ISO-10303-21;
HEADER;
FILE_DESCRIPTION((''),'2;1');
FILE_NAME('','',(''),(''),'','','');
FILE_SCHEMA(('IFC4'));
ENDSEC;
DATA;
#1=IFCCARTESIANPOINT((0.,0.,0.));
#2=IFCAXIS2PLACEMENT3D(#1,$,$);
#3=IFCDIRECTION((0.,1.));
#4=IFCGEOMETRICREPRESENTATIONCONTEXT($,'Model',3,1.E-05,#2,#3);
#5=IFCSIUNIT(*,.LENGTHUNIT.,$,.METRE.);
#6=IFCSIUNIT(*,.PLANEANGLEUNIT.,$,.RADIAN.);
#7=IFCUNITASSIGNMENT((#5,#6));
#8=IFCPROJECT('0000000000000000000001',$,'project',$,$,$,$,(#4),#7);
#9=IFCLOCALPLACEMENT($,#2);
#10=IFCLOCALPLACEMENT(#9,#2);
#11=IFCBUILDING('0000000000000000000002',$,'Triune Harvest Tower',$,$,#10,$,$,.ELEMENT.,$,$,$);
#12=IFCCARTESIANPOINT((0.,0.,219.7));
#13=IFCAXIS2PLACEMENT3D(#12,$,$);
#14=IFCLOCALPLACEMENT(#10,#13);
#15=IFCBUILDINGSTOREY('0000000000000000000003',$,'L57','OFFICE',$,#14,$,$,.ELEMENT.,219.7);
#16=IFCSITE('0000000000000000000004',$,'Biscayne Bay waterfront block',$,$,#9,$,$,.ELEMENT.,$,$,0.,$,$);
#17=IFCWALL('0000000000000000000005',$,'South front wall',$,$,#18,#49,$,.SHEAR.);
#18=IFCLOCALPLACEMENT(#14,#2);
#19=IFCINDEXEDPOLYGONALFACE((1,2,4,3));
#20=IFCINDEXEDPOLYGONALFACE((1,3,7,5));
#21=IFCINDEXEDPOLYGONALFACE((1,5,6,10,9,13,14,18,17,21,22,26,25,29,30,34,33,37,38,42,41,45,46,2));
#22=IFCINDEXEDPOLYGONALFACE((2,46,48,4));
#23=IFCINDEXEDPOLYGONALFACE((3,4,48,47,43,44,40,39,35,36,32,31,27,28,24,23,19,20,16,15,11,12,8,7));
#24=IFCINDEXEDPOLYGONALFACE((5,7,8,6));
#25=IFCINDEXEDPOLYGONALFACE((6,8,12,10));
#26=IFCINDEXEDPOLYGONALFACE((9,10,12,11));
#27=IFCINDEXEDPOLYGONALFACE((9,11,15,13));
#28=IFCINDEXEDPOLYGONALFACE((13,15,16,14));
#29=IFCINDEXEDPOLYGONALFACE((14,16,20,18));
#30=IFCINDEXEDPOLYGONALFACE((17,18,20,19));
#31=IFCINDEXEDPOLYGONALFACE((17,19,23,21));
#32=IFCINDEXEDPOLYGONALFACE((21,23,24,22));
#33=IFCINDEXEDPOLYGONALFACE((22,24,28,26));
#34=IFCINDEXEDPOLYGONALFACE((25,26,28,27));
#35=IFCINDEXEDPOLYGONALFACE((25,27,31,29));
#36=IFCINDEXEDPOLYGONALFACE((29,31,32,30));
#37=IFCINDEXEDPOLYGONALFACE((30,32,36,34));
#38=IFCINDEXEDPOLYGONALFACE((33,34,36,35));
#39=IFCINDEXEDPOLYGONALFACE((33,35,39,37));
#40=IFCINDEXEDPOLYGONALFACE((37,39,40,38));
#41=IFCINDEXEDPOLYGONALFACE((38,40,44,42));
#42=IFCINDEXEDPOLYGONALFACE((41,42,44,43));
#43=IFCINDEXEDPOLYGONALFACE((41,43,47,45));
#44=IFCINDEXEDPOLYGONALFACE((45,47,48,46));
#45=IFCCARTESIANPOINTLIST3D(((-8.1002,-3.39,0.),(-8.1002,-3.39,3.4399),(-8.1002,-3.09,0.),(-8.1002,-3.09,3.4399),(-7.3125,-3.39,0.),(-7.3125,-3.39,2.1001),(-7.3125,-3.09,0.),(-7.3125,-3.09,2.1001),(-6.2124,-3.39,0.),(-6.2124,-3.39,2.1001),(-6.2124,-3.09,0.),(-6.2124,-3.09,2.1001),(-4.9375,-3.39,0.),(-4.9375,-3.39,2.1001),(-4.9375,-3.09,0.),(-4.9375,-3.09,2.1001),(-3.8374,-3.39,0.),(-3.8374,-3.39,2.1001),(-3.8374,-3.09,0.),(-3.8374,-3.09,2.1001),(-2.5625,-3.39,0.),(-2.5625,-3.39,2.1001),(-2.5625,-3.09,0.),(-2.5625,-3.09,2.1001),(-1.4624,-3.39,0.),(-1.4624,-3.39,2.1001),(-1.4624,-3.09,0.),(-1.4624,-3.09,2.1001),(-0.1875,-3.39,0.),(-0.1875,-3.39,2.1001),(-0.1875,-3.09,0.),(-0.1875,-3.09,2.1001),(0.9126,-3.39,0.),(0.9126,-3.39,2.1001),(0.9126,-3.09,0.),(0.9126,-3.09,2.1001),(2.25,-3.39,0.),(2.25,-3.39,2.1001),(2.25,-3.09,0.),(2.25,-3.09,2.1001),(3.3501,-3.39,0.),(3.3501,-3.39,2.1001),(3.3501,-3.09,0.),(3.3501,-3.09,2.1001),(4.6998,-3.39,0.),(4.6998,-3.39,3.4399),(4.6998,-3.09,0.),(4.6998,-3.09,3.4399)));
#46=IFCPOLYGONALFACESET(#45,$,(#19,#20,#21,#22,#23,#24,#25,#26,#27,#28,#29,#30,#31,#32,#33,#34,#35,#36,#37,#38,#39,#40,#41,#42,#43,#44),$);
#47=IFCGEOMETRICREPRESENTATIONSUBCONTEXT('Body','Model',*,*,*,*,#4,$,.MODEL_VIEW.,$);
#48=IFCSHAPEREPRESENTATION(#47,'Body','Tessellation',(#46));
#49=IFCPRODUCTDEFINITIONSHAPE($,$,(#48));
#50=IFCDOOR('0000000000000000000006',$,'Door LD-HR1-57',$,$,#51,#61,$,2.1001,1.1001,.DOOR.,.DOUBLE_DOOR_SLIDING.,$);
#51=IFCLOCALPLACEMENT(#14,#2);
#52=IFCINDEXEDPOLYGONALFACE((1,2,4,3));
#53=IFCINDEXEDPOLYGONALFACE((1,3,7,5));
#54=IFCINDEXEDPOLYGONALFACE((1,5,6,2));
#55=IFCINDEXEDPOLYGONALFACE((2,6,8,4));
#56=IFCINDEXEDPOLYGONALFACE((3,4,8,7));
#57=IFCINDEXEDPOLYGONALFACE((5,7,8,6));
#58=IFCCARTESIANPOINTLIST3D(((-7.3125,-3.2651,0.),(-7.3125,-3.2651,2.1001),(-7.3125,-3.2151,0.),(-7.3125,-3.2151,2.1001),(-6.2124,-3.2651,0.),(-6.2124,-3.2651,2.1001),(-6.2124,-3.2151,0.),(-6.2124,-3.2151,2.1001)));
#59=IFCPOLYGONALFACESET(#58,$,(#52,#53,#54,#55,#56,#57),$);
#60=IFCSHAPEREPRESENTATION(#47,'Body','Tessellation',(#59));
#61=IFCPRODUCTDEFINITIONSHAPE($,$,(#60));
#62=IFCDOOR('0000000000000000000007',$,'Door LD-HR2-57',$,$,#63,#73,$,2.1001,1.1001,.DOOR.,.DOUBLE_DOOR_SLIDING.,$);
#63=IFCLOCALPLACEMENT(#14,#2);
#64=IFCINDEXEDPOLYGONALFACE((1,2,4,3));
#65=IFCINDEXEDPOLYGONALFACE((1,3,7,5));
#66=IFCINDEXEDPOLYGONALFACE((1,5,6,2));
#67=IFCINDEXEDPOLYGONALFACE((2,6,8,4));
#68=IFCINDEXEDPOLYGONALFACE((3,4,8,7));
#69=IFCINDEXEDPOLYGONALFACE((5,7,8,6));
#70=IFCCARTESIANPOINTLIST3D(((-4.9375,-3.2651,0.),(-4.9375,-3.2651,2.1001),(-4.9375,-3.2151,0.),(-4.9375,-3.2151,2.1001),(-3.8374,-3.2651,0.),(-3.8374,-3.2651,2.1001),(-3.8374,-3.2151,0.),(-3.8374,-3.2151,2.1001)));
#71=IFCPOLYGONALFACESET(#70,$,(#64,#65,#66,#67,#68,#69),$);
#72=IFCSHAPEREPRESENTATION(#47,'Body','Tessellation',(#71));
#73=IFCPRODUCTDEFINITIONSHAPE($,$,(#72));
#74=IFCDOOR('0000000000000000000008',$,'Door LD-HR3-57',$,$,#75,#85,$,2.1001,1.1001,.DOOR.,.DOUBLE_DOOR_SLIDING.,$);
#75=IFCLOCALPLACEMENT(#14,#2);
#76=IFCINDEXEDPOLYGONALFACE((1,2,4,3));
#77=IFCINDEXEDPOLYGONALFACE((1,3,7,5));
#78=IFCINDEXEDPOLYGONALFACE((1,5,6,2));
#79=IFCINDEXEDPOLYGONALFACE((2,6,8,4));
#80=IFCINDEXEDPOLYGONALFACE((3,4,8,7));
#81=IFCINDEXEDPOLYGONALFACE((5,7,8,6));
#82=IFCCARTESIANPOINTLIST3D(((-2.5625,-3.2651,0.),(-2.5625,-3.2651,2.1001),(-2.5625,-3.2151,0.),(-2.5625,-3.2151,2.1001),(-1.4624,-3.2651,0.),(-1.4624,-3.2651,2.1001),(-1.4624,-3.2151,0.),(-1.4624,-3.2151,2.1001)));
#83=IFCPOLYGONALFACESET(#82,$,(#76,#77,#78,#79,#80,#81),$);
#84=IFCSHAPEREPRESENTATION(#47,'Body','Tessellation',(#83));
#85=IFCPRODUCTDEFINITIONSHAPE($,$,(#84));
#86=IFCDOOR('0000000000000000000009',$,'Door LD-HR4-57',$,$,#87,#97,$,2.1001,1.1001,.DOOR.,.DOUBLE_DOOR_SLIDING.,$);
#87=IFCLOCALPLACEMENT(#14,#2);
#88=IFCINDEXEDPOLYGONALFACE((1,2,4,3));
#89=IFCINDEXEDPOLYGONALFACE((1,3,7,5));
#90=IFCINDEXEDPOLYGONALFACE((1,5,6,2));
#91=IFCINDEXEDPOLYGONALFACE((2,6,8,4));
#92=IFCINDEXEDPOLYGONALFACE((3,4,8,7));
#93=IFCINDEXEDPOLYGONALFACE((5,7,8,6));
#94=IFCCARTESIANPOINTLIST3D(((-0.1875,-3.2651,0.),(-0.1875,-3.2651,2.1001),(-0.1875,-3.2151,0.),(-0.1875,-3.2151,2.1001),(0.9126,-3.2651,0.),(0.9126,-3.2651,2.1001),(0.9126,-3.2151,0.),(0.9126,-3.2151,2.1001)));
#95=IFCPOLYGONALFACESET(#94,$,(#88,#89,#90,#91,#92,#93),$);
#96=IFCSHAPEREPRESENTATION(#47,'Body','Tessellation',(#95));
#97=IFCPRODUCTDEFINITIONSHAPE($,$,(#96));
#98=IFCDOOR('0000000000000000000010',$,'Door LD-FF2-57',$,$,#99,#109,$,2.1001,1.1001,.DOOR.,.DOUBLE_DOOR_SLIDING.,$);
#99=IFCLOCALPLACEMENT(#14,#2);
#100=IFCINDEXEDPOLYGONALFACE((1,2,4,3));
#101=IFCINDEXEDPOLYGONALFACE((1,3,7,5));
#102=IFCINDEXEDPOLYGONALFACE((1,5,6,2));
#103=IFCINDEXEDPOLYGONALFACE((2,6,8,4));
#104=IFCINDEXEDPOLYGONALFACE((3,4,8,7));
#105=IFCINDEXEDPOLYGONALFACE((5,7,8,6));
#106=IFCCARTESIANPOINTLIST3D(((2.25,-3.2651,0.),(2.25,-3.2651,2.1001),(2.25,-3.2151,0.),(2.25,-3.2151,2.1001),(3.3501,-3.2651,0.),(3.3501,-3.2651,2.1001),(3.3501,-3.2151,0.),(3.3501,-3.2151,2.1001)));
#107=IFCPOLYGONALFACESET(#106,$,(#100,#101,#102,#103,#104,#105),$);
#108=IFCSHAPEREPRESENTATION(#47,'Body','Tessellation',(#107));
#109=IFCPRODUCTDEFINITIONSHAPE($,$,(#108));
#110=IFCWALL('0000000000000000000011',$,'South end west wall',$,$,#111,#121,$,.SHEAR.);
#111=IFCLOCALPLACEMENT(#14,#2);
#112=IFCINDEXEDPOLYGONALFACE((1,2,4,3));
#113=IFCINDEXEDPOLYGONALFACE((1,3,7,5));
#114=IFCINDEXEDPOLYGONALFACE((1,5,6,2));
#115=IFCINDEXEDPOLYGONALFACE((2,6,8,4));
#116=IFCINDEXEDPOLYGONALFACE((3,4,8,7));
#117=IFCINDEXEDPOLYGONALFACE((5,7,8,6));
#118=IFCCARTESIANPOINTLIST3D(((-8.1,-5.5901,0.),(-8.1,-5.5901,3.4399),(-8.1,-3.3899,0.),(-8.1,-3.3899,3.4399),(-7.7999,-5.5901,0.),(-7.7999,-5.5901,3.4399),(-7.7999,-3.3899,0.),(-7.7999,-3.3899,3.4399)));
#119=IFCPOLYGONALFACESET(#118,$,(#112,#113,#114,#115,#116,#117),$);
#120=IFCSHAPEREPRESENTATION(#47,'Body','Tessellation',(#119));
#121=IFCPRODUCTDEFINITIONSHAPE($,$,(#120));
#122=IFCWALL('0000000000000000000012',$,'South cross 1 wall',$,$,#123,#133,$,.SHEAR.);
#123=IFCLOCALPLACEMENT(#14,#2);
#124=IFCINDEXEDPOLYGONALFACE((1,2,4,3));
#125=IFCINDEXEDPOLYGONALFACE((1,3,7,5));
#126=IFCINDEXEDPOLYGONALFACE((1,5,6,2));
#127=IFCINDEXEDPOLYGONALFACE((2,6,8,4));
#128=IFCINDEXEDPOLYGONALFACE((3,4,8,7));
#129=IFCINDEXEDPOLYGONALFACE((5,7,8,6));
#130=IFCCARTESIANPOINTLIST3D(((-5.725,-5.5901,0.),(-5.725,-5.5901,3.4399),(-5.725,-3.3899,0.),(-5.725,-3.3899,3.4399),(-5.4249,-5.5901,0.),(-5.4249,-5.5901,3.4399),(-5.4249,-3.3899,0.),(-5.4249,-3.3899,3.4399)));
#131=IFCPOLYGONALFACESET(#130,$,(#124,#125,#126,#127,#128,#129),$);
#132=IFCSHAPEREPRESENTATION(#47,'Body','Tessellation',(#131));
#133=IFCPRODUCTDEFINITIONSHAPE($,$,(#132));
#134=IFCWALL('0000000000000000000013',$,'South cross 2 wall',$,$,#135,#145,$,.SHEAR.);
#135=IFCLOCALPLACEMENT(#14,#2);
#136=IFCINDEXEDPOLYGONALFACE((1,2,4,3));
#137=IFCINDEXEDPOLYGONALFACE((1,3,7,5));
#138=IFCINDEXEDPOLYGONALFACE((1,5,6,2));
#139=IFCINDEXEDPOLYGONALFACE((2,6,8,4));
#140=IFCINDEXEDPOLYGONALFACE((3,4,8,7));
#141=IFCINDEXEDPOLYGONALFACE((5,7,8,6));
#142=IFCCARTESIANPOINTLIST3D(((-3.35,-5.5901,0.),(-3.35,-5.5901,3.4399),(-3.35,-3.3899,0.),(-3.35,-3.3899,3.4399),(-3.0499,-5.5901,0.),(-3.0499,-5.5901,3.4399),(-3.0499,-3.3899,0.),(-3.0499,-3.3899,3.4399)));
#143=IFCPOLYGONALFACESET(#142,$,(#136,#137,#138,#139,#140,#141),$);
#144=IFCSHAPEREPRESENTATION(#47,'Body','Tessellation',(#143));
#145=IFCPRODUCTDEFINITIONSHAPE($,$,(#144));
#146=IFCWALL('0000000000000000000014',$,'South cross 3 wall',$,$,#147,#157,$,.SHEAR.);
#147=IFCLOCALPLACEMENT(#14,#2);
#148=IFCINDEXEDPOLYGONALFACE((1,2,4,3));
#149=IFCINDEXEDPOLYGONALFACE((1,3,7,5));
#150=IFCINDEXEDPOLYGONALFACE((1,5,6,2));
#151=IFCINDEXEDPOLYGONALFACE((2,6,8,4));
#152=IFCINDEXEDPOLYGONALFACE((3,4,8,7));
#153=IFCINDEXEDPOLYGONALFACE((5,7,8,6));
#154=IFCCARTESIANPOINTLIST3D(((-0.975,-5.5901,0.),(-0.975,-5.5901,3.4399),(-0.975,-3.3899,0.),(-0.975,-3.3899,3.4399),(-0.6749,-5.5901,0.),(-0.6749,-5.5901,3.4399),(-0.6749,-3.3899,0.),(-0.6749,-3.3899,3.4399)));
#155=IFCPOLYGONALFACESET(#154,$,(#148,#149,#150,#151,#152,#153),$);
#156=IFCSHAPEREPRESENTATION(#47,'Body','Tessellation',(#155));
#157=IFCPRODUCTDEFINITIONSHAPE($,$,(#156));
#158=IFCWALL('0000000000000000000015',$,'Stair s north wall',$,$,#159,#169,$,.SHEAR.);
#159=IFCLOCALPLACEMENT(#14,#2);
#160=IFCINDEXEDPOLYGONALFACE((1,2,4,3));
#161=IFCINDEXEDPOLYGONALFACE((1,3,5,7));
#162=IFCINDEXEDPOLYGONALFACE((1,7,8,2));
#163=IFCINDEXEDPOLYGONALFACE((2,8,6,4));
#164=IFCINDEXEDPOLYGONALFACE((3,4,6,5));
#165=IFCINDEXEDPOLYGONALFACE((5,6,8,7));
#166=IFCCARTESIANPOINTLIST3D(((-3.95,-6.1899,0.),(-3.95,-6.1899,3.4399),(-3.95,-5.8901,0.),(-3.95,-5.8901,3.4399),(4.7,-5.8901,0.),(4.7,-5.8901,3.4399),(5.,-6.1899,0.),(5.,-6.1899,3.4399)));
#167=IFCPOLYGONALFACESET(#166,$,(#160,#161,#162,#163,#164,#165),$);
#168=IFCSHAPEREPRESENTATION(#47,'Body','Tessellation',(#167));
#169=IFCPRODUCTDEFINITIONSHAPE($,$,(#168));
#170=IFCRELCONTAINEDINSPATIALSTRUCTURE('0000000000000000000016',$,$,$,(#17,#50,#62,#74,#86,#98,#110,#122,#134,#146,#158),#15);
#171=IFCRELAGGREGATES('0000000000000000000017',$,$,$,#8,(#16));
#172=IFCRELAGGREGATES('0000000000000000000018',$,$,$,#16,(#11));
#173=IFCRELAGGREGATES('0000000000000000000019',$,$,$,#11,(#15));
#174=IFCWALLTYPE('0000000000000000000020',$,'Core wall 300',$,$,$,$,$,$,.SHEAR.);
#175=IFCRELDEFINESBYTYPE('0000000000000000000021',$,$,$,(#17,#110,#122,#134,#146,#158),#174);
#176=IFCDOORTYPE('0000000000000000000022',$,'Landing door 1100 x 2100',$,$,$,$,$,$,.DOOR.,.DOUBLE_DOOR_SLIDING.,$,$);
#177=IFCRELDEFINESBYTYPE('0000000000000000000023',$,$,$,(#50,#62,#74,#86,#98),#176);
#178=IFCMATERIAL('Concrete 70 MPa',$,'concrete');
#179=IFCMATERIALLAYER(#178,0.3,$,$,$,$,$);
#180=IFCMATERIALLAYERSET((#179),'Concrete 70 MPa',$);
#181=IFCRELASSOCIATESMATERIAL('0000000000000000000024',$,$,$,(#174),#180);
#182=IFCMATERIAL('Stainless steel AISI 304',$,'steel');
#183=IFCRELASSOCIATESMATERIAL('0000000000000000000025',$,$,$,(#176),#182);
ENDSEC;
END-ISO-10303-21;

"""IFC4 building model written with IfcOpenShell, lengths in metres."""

from ifc_helpers import new_model, si_unit, direction, frame, frame_2d, origin, place, context, subcontext, project, spatial, polyline, rectangle, outline, extrude, source, transform, mapped, material, layer, layer_set, type_object, element, fill, save


model = new_model("IFC4")

# Units and contexts
model_context = context("Model", 3, precision=1e-05, world=origin(), true_north=direction((0.0, 1.0)))
body_context = subcontext(model_context, "Body", "Model", "MODEL_VIEW")
ifc_project = project(units=[si_unit("LENGTHUNIT", "METRE"), si_unit("PLANEANGLEUNIT", "RADIAN")], contexts=[model_context])

# Site, building, storey
site_placement = place(None, origin())
site = spatial("IfcSite", under=ifc_project, at=site_placement, Name="Biscayne Bay waterfront block", CompositionType="ELEMENT", RefElevation=0.0)
building_placement = place(site_placement, origin())
building = spatial("IfcBuilding", under=site, at=building_placement, Name="Triune Harvest Tower", CompositionType="ELEMENT")
storey_placement = place(building_placement, frame((0.0, 0.0, 219.7)))
storey = spatial("IfcBuildingStorey", under=building, at=storey_placement, Name="L57", Description="OFFICE", CompositionType="ELEMENT", Elevation=219.7)

# Wall, openings, doors
ifc_material_1 = material(Name="Concrete 70 MPa", Category="concrete")
ifc_layer_1 = layer(ifc_material_1, 0.3)
ifc_layer_set_1 = layer_set([ifc_layer_1], Name="Concrete 70 MPa")
wall_type_1 = type_object("IfcWallType", Name="Core wall 300", PredefinedType="SHEAR", material=ifc_layer_set_1)
shared_shape_1 = source(origin(), body_context, "Body", "SweptSolid", [
    extrude(rectangle(XDim=12.8, YDim=0.3, at=frame_2d((6.3999, 0.0))), origin(), (0.0, 0.0, 1.0), 3.4399),
])
wall_1_placement = place(storey_placement, frame((-8.1001, -3.24, 0.0), z_axis=(0.0, 0.0, 1.0), x_axis=(1.0, 0.0, 0.0)))
wall_1 = element("IfcWall", 1, at=wall_1_placement, inside=storey, type_object=wall_type_1, Name="South front wall", PredefinedType="SHEAR", context=body_context, shape_type="MappedRepresentation", body=[
    mapped(shared_shape_1, transform((0.0, 0.0, 0.0), scale=1.0)),
])
opening_1_placement = place(wall_1_placement, frame((0.7876, 0.0, 0.0)))
opening_1 = element("IfcOpeningElement", 2, at=opening_1_placement, cuts=wall_1, PredefinedType="OPENING", context=body_context, shape_type="SweptSolid", body=[
    extrude(rectangle(XDim=1.1001, YDim=2.1001, at=frame_2d((0.55, 1.05))), frame((0.0, 0.1602, 0.0), z_axis=(0.0, -1.0, 0.0), x_axis=(1.0, 0.0, 0.0)), (0.0, 0.0, 1.0), 0.3201),
])
opening_2_placement = place(wall_1_placement, frame((3.1626, 0.0, 0.0)))
opening_2 = element("IfcOpeningElement", 3, at=opening_2_placement, cuts=wall_1, PredefinedType="OPENING", context=body_context, shape_type="SweptSolid", body=[
    extrude(rectangle(XDim=1.1001, YDim=2.1001, at=frame_2d((0.55, 1.05))), frame((0.0, 0.1602, 0.0), z_axis=(0.0, -1.0, 0.0), x_axis=(1.0, 0.0, 0.0)), (0.0, 0.0, 1.0), 0.3201),
])
opening_3_placement = place(wall_1_placement, frame((5.5376, 0.0, 0.0)))
opening_3 = element("IfcOpeningElement", 4, at=opening_3_placement, cuts=wall_1, PredefinedType="OPENING", context=body_context, shape_type="SweptSolid", body=[
    extrude(rectangle(XDim=1.1001, YDim=2.1001, at=frame_2d((0.55, 1.05))), frame((0.0, 0.1602, 0.0), z_axis=(0.0, -1.0, 0.0), x_axis=(1.0, 0.0, 0.0)), (0.0, 0.0, 1.0), 0.3201),
])
opening_4_placement = place(wall_1_placement, frame((7.9126, 0.0, 0.0)))
opening_4 = element("IfcOpeningElement", 5, at=opening_4_placement, cuts=wall_1, PredefinedType="OPENING", context=body_context, shape_type="SweptSolid", body=[
    extrude(rectangle(XDim=1.1001, YDim=2.1001, at=frame_2d((0.55, 1.05))), frame((0.0, 0.1602, 0.0), z_axis=(0.0, -1.0, 0.0), x_axis=(1.0, 0.0, 0.0)), (0.0, 0.0, 1.0), 0.3201),
])
opening_5_placement = place(wall_1_placement, frame((10.3501, 0.0, 0.0)))
opening_5 = element("IfcOpeningElement", 6, at=opening_5_placement, cuts=wall_1, PredefinedType="OPENING", context=body_context, shape_type="SweptSolid", body=[
    extrude(rectangle(XDim=1.1001, YDim=2.1001, at=frame_2d((0.55, 1.05))), frame((0.0, 0.1602, 0.0), z_axis=(0.0, -1.0, 0.0), x_axis=(1.0, 0.0, 0.0)), (0.0, 0.0, 1.0), 0.3201),
])
ifc_material_2 = material(Name="Stainless steel AISI 304", Category="steel")
door_type_1 = type_object("IfcDoorType", Name="Landing door 1100 x 2100", OperationType="DOUBLE_DOOR_SLIDING", PredefinedType="DOOR", material=ifc_material_2)
door_1_placement = place(opening_1_placement, origin())
door_1 = element("IfcDoor", 7, at=door_1_placement, inside=storey, type_object=door_type_1, Name="Door LD-HR1-57", OperationType="DOUBLE_DOOR_SLIDING", OverallHeight=2.1001, OverallWidth=1.1001, PredefinedType="DOOR", context=body_context, shape_type="SweptSolid", body=[
    extrude(rectangle(XDim=1.1001, YDim=2.1001, at=frame_2d((0.55, 1.05))), frame((0.0, 0.0249, 0.0), z_axis=(0.0, -1.0, 0.0), x_axis=(1.0, 0.0, 0.0)), (0.0, 0.0, 1.0), 0.05),
])
fill(opening_1, door_1)
door_2_placement = place(opening_2_placement, origin())
door_2 = element("IfcDoor", 8, at=door_2_placement, inside=storey, type_object=door_type_1, Name="Door LD-HR2-57", OperationType="DOUBLE_DOOR_SLIDING", OverallHeight=2.1001, OverallWidth=1.1001, PredefinedType="DOOR", context=body_context, shape_type="SweptSolid", body=[
    extrude(rectangle(XDim=1.1001, YDim=2.1001, at=frame_2d((0.55, 1.05))), frame((0.0, 0.0249, 0.0), z_axis=(0.0, -1.0, 0.0), x_axis=(1.0, 0.0, 0.0)), (0.0, 0.0, 1.0), 0.05),
])
fill(opening_2, door_2)
door_3_placement = place(opening_3_placement, origin())
door_3 = element("IfcDoor", 9, at=door_3_placement, inside=storey, type_object=door_type_1, Name="Door LD-HR3-57", OperationType="DOUBLE_DOOR_SLIDING", OverallHeight=2.1001, OverallWidth=1.1001, PredefinedType="DOOR", context=body_context, shape_type="SweptSolid", body=[
    extrude(rectangle(XDim=1.1001, YDim=2.1001, at=frame_2d((0.55, 1.05))), frame((0.0, 0.0249, 0.0), z_axis=(0.0, -1.0, 0.0), x_axis=(1.0, 0.0, 0.0)), (0.0, 0.0, 1.0), 0.05),
])
fill(opening_3, door_3)
door_4_placement = place(opening_4_placement, origin())
door_4 = element("IfcDoor", 10, at=door_4_placement, inside=storey, type_object=door_type_1, Name="Door LD-HR4-57", OperationType="DOUBLE_DOOR_SLIDING", OverallHeight=2.1001, OverallWidth=1.1001, PredefinedType="DOOR", context=body_context, shape_type="SweptSolid", body=[
    extrude(rectangle(XDim=1.1001, YDim=2.1001, at=frame_2d((0.55, 1.05))), frame((0.0, 0.0249, 0.0), z_axis=(0.0, -1.0, 0.0), x_axis=(1.0, 0.0, 0.0)), (0.0, 0.0, 1.0), 0.05),
])
fill(opening_4, door_4)
door_5_placement = place(opening_5_placement, origin())
door_5 = element("IfcDoor", 11, at=door_5_placement, inside=storey, type_object=door_type_1, Name="Door LD-FF2-57", OperationType="DOUBLE_DOOR_SLIDING", OverallHeight=2.1001, OverallWidth=1.1001, PredefinedType="DOOR", context=body_context, shape_type="SweptSolid", body=[
    extrude(rectangle(XDim=1.1001, YDim=2.1001, at=frame_2d((0.55, 1.05))), frame((0.0, 0.0249, 0.0), z_axis=(0.0, -1.0, 0.0), x_axis=(1.0, 0.0, 0.0)), (0.0, 0.0, 1.0), 0.05),
])
fill(opening_5, door_5)

# Walls
shared_shape_2 = source(origin(), body_context, "Body", "SweptSolid", [
    extrude(rectangle(XDim=2.2002, YDim=0.3, at=frame_2d((1.1001, 0.0))), origin(), (0.0, 0.0, 1.0), 3.4399),
])
for number, where, z_axis, x_axis, name in (
    (12, (-7.95, -5.5901, 0.0), (0.0, 0.0, 1.0), (0.0, 1.0, 0.0), "South end west wall"),
    (13, (-5.575, -5.5901, 0.0), (0.0, 0.0, 1.0), (0.0, 1.0, 0.0), "South cross 1 wall"),
    (14, (-3.2, -5.5901, 0.0), (0.0, 0.0, 1.0), (0.0, 1.0, 0.0), "South cross 2 wall"),
    (15, (-0.825, -5.5901, 0.0), (0.0, 0.0, 1.0), (0.0, 1.0, 0.0), "South cross 3 wall"),
):
    element("IfcWall", number, at=place(storey_placement, frame(where, z_axis=z_axis, x_axis=x_axis)), inside=storey, type_object=wall_type_1, Name=name, PredefinedType="SHEAR", context=body_context, shape_type="MappedRepresentation", body=[
        mapped(shared_shape_2, transform((0.0, 0.0, 0.0), scale=1.0)),
    ])
shared_shape_3 = source(origin(), body_context, "Body", "SweptSolid", [
    extrude(outline(polyline([(0.0, -0.1499), (8.95, -0.1499), (8.6499, 0.1499), (0.0, 0.1499), (0.0, -0.1499)])), origin(), (0.0, 0.0, 1.0), 3.4399),
])
wall_2_placement = place(storey_placement, frame((-3.95, -6.04, 0.0), z_axis=(0.0, 0.0, 1.0), x_axis=(1.0, 0.0, 0.0)))
element("IfcWall", 16, at=wall_2_placement, inside=storey, type_object=wall_type_1, Name="Stair s north wall", PredefinedType="SHEAR", context=body_context, shape_type="MappedRepresentation", body=[
    mapped(shared_shape_3, transform((0.0, 0.0, 0.0), scale=1.0)),
])

save(model, "model.ifc")
